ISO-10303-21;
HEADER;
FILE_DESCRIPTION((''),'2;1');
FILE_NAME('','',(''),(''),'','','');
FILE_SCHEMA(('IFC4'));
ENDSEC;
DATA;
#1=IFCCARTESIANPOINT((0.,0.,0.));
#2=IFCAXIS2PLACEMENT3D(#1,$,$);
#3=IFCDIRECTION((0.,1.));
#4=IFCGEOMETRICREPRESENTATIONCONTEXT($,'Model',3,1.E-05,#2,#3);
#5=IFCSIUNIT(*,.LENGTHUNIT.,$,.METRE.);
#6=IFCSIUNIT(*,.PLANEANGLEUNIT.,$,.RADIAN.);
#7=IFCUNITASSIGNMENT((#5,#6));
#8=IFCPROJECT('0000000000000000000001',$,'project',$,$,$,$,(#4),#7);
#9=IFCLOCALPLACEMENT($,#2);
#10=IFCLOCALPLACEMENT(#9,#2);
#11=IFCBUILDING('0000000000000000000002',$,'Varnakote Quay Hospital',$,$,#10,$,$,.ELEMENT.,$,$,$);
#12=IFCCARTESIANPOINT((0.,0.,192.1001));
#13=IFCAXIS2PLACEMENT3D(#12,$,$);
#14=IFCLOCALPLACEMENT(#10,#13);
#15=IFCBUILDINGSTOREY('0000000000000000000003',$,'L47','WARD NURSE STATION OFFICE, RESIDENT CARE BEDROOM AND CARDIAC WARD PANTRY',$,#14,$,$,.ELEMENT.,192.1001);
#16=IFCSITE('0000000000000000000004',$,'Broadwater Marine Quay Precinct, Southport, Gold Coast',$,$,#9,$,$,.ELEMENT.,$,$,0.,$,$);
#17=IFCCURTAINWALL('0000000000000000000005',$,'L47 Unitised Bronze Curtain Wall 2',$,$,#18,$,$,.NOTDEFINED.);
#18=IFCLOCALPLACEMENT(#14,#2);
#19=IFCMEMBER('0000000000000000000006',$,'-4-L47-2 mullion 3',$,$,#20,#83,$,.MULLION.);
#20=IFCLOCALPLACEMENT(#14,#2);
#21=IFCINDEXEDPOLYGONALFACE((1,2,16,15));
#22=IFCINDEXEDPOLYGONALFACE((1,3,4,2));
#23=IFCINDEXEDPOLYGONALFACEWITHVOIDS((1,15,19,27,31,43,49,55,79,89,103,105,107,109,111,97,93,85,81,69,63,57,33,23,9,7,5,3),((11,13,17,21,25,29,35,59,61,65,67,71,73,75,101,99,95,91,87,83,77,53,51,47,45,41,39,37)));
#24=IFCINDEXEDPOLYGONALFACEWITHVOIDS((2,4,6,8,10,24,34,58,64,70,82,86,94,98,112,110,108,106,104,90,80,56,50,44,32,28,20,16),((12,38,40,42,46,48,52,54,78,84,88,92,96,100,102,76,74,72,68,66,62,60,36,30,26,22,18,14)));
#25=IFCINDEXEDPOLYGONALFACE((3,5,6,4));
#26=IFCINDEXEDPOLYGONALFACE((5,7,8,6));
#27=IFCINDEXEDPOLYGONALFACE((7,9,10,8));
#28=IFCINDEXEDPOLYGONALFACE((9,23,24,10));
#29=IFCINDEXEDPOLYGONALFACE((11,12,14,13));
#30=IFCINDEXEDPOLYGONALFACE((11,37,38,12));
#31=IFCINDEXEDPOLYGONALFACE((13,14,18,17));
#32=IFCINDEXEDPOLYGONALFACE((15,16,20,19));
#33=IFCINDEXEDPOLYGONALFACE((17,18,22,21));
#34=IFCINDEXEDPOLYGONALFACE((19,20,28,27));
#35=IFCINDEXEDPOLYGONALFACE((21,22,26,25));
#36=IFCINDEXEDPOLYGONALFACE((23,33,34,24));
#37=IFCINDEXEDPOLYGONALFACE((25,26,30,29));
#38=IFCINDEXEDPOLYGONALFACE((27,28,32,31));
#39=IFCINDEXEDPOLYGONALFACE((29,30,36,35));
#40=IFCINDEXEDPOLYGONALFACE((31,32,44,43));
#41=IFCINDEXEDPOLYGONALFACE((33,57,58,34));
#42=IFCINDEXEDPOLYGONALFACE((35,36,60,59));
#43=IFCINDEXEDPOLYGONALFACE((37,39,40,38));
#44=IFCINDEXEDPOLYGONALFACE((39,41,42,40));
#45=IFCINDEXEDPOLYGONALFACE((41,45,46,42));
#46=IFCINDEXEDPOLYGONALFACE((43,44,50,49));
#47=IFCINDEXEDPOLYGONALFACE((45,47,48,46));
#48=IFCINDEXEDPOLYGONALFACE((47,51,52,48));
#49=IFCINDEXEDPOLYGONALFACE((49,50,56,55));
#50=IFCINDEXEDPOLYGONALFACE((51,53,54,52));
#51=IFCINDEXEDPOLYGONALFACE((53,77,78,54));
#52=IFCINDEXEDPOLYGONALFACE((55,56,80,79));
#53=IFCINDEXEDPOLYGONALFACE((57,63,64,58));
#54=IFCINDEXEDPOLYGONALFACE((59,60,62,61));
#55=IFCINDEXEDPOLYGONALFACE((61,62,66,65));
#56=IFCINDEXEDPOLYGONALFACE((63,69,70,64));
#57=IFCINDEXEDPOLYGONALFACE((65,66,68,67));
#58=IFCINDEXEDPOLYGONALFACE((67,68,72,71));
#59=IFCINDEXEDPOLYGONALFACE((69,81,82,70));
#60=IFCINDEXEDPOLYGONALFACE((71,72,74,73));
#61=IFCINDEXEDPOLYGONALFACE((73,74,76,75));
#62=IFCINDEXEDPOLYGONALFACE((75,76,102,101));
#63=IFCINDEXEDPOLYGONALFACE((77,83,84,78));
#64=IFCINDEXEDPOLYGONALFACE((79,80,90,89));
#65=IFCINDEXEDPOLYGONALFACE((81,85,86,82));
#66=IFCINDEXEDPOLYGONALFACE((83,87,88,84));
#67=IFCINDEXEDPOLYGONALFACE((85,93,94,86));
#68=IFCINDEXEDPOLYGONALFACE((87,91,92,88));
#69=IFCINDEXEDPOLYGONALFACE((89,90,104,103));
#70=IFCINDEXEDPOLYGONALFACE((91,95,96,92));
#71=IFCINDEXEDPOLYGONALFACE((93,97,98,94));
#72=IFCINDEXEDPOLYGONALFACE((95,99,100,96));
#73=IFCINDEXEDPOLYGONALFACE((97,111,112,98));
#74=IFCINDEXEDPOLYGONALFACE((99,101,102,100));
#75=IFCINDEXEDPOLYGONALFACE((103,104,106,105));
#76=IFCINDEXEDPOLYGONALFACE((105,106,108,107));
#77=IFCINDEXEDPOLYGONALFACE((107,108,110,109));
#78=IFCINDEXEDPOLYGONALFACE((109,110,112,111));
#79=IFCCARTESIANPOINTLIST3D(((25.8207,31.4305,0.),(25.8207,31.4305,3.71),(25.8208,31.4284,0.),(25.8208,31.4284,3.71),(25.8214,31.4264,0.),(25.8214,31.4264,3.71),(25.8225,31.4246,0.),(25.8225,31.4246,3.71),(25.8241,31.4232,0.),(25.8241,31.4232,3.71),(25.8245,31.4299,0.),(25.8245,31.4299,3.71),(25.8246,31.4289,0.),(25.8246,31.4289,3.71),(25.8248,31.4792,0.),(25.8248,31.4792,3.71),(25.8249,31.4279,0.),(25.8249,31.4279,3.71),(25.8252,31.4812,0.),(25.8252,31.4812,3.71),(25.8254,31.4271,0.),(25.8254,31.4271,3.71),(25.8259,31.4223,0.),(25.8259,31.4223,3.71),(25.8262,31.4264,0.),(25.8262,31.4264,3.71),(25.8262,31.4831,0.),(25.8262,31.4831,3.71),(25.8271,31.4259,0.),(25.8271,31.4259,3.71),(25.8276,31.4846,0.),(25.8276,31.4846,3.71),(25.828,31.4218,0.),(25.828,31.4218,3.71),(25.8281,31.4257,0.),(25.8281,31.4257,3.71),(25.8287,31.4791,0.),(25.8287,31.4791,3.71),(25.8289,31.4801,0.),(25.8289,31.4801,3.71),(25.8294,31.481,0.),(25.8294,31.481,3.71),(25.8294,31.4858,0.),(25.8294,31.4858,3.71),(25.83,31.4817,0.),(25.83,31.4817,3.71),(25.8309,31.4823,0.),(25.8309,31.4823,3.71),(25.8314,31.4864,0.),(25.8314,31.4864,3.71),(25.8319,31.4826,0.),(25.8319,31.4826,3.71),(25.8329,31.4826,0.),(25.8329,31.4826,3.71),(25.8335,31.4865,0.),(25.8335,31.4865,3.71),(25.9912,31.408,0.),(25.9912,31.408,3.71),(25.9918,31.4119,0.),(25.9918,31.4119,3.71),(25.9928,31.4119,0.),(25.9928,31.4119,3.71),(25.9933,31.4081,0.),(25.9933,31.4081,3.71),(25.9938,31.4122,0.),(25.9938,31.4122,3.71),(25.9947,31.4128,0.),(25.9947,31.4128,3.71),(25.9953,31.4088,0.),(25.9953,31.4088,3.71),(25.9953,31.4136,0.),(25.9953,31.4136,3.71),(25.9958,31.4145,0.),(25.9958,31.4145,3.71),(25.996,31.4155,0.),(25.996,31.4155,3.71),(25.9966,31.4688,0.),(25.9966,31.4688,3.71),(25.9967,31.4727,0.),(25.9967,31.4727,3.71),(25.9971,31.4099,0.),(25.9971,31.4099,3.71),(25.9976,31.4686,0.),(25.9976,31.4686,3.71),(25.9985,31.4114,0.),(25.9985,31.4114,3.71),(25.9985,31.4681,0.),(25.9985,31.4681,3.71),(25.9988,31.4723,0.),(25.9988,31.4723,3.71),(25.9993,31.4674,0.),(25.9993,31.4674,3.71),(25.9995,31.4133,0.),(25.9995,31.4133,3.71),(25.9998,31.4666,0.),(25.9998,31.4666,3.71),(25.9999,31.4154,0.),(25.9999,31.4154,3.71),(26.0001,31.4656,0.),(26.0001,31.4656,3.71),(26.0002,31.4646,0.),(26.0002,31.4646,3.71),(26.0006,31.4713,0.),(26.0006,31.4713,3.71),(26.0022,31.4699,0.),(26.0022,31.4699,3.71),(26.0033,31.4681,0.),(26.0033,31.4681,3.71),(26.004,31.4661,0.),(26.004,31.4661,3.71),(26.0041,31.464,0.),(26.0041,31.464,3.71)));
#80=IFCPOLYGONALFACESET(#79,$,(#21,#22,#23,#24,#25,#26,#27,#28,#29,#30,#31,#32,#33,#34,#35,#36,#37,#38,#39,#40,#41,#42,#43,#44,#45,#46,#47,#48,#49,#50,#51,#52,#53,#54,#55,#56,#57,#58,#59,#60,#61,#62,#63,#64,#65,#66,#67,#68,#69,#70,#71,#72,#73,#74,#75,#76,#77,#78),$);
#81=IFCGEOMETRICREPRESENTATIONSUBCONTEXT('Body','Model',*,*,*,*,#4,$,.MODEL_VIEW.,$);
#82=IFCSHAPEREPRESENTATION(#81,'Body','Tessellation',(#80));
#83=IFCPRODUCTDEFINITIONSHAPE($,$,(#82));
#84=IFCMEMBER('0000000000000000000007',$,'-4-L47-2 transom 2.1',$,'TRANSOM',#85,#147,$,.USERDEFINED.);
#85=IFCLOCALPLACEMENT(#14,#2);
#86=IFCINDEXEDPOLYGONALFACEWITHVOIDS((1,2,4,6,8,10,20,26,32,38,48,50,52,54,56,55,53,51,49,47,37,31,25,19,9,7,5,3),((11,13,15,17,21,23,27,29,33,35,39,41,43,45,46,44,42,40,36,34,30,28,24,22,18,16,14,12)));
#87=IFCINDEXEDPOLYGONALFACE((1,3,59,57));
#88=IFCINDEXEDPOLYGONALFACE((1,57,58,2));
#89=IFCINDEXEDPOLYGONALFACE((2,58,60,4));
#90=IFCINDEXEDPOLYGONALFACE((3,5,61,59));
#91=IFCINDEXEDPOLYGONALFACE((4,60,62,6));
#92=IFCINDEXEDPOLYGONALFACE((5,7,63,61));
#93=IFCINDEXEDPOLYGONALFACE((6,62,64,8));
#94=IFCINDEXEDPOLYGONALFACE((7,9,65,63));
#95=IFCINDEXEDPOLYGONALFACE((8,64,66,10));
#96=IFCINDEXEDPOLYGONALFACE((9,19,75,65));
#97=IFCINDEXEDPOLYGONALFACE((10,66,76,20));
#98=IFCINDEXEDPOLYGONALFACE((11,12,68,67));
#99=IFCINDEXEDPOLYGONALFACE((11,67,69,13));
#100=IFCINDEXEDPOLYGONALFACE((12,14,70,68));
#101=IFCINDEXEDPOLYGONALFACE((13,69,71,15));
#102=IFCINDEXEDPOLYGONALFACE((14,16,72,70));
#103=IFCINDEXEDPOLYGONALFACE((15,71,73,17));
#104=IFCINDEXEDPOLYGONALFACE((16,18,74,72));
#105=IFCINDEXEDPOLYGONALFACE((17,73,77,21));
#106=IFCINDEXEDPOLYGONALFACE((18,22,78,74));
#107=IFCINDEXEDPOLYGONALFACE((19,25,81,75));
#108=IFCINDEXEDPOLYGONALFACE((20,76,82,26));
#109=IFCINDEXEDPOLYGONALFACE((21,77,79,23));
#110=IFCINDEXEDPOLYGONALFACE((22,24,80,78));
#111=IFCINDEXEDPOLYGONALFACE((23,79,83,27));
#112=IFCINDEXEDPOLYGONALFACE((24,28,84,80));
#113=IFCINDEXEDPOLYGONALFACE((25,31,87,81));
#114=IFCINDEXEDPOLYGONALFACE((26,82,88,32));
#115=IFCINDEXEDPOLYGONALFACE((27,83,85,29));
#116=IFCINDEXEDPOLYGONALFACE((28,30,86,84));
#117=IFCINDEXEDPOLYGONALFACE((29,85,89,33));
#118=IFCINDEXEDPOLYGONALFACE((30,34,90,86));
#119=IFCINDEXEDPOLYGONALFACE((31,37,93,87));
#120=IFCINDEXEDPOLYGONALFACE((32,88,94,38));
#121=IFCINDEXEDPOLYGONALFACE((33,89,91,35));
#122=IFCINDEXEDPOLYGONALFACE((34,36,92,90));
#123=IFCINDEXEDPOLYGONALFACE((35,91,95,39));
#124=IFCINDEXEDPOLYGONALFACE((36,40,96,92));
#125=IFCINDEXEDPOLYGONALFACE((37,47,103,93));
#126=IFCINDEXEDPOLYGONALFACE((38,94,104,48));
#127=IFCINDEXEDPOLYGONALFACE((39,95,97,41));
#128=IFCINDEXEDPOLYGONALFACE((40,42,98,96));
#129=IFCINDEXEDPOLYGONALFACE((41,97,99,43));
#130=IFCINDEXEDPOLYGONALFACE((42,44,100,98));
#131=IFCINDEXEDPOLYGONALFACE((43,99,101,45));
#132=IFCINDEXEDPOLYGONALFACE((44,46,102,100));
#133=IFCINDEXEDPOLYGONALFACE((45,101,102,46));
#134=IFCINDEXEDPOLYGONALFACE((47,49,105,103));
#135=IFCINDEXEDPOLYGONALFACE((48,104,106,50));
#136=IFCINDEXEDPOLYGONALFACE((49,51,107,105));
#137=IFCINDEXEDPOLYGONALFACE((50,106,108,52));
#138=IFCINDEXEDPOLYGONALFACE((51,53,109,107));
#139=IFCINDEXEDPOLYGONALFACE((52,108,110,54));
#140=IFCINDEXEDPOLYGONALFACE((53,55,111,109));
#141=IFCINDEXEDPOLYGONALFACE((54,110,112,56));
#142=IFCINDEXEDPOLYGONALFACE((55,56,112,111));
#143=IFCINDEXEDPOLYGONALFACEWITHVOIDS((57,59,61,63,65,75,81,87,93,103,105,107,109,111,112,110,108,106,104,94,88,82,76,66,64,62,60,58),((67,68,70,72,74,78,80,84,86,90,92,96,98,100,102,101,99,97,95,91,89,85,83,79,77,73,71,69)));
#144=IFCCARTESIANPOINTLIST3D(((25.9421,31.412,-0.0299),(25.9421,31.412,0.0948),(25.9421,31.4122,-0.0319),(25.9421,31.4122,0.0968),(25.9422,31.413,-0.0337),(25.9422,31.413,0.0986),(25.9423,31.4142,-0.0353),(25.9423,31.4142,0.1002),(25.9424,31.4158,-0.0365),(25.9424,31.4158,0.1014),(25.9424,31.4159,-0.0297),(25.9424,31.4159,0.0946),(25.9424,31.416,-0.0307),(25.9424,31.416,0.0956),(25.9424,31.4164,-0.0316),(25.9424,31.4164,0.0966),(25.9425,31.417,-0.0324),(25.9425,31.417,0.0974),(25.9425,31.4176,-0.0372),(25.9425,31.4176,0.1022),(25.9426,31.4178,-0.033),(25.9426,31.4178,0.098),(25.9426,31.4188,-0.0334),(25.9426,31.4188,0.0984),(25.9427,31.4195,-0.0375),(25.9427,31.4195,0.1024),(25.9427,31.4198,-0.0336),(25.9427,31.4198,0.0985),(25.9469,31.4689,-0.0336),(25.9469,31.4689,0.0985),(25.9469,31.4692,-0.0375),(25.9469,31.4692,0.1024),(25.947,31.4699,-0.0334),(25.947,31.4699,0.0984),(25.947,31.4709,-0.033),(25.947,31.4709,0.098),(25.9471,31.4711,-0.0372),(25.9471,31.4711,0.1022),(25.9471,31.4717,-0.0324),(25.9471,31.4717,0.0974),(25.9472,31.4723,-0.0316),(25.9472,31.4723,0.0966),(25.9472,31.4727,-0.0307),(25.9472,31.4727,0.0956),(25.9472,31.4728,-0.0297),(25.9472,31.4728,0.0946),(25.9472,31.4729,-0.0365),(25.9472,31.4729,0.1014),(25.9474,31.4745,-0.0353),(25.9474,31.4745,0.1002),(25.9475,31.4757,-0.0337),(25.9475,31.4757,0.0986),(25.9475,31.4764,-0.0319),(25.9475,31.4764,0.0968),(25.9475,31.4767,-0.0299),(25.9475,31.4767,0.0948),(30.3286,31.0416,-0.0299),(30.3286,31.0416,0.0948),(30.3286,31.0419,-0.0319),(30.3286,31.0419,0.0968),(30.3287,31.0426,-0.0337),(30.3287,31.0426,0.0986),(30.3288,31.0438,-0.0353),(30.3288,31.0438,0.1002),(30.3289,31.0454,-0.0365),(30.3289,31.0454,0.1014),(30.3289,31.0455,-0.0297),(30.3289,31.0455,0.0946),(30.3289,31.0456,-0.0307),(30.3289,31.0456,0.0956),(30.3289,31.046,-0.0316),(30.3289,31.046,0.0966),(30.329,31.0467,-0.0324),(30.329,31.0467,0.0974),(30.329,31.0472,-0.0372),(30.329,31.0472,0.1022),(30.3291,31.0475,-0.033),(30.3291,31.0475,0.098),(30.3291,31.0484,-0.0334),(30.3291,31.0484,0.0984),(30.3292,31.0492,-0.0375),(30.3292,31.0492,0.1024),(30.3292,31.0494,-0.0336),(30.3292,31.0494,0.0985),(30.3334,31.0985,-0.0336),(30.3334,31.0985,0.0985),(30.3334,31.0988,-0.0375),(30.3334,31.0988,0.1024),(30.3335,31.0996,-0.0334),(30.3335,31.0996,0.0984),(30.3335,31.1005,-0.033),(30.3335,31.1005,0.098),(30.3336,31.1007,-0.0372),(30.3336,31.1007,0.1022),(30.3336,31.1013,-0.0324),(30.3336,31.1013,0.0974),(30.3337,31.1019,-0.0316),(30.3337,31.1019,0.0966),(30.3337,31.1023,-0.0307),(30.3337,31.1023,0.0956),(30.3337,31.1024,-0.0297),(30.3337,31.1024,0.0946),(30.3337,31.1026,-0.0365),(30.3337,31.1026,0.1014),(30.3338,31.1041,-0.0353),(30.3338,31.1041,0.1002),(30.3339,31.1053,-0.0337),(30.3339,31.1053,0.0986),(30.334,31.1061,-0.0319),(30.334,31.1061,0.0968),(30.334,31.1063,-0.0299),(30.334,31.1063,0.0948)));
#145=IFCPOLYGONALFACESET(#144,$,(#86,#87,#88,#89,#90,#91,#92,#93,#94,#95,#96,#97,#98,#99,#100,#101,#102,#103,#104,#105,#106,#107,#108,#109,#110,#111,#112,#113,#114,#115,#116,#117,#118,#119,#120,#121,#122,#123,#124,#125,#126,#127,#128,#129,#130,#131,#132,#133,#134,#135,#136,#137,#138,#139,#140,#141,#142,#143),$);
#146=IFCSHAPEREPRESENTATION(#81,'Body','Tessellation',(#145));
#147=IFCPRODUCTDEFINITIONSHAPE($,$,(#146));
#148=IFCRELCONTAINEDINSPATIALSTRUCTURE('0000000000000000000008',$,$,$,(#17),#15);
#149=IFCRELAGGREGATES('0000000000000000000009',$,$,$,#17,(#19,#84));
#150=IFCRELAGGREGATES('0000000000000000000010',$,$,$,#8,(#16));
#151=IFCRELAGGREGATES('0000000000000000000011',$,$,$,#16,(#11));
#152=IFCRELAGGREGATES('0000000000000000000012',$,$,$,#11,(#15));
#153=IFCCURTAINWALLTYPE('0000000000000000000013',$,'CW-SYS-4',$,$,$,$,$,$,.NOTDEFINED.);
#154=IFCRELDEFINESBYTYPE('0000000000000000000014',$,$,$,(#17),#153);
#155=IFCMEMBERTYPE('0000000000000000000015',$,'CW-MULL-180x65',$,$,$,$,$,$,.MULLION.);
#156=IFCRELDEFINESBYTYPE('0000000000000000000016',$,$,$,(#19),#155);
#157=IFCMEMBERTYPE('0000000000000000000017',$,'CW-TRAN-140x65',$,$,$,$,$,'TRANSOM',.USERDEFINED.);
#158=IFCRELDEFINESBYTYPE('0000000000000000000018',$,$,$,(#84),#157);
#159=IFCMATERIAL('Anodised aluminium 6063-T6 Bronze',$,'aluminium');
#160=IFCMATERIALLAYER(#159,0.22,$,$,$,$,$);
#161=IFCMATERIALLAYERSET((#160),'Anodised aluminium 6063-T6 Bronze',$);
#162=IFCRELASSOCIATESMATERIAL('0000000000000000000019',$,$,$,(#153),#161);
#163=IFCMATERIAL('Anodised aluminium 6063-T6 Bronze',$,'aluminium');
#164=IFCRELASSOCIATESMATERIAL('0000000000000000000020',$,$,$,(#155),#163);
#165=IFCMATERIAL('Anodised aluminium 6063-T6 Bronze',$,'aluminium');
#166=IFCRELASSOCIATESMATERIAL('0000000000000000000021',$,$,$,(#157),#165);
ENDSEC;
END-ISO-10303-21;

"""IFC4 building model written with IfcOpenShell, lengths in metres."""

from ifc_helpers import new_model, si_unit, direction, frame, origin, origin_2d, place, context, subcontext, project, spatial, hollow_rectangle, extrude, material, layer, layer_set, material_profile, profile_set, type_object, element, aggregate, save


model = new_model("IFC4")

# Units and contexts
model_context = context("Model", 3, precision=1e-05, world=origin(), true_north=direction((0.0, 1.0)))
body_context = subcontext(model_context, "Body", "Model", "MODEL_VIEW")
ifc_project = project(units=[si_unit("LENGTHUNIT", "METRE"), si_unit("PLANEANGLEUNIT", "RADIAN")], contexts=[model_context])

# Site, building, storey
site_placement = place(None, origin())
site = spatial("IfcSite", under=ifc_project, at=site_placement, Name="Broadwater Marine Quay Precinct, Southport, Gold Coast", CompositionType="ELEMENT", RefElevation=0.0)
building_placement = place(site_placement, origin())
building = spatial("IfcBuilding", under=site, at=building_placement, Name="Varnakote Quay Hospital", CompositionType="ELEMENT")
storey_placement = place(building_placement, frame((0.0, 0.0, 192.1001)))
storey = spatial("IfcBuildingStorey", under=building, at=storey_placement, Name="L47", Description="WARD NURSE STATION OFFICE, RESIDENT CARE BEDROOM AND CARDIAC WARD PANTRY", CompositionType="ELEMENT", Elevation=192.1001)

# Curtain wall, members
ifc_material_1 = material(Name="Anodised aluminium 6063-T6 Bronze", Category="aluminium")
ifc_layer_1 = layer(ifc_material_1, 0.22)
ifc_layer_set_1 = layer_set([ifc_layer_1], Name="Anodised aluminium 6063-T6 Bronze")
curtain_wall_type = type_object("IfcCurtainWallType", Name="CW-SYS-4", PredefinedType="NOTDEFINED", material=ifc_layer_set_1)
curtain_wall_placement = place(storey_placement, origin())
curtain_wall = element("IfcCurtainWall", 1, at=curtain_wall_placement, inside=storey, type_object=curtain_wall_type, Name="L47 Unitised Bronze Curtain Wall 2", PredefinedType="NOTDEFINED")
ifc_material_2 = material(Name="Anodised aluminium 6063-T6 Bronze", Category="aluminium")
ifc_material_profile_1 = material_profile(ifc_material_2, hollow_rectangle(XDim=0.0649, YDim=0.1799, WallThickness=0.0039, InnerFilletRadius=0.0039, OuterFilletRadius=0.0081, at=origin_2d()), Name="CW-MULL-180x65")
ifc_profile_set_1 = profile_set([ifc_material_profile_1], Name="Anodised aluminium 6063-T6 Bronze")
member_type_1 = type_object("IfcMemberType", Name="CW-MULL-180x65", PredefinedType="MULLION", material=ifc_profile_set_1)
member_1_placement = place(storey_placement, frame((25.9124, 31.4473, 0.0), z_axis=(0.0, 0.0, 1.0), x_axis=(-0.084136, -0.996454, 0.0)))
member_1 = element("IfcMember", 2, at=member_1_placement, type_object=member_type_1, Name="-4-L47-2 mullion 3", PredefinedType="MULLION", context=body_context, shape_type="SweptSolid", body=[
    extrude(hollow_rectangle(XDim=0.0649, YDim=0.1799, WallThickness=0.0039, InnerFilletRadius=0.0039, OuterFilletRadius=0.0081, at=origin_2d()), origin(), (0.0, 0.0, 1.0), 3.71),
])
ifc_material_3 = material(Name="Anodised aluminium 6063-T6 Bronze", Category="aluminium")
ifc_material_profile_2 = material_profile(ifc_material_3, hollow_rectangle(XDim=0.0649, YDim=0.1399, WallThickness=0.0039, InnerFilletRadius=0.0039, OuterFilletRadius=0.0076, at=origin_2d()), Name="CW-TRAN-140x65")
ifc_profile_set_2 = profile_set([ifc_material_profile_2], Name="Anodised aluminium 6063-T6 Bronze")
member_type_2 = type_object("IfcMemberType", Name="CW-TRAN-140x65", ElementType="TRANSOM", PredefinedType="USERDEFINED", material=ifc_profile_set_2)
member_2_placement = place(storey_placement, frame((30.3313, 31.074, 0.0325), z_axis=(-0.996455, 0.084133, 0.0), x_axis=(-0.084133, -0.996455, 0.0)))
member_2 = element("IfcMember", 3, at=member_2_placement, type_object=member_type_2, Name="-4-L47-2 transom 2.1", ObjectType="TRANSOM", PredefinedType="USERDEFINED", context=body_context, shape_type="SweptSolid", body=[
    extrude(hollow_rectangle(XDim=0.0649, YDim=0.1399, WallThickness=0.0039, InnerFilletRadius=0.0039, OuterFilletRadius=0.0076, at=origin_2d()), origin(), (0.0, 0.0, 1.0), 4.4021),
])

aggregate(curtain_wall, [member_1, member_2])

save(model, "model.ifc")
